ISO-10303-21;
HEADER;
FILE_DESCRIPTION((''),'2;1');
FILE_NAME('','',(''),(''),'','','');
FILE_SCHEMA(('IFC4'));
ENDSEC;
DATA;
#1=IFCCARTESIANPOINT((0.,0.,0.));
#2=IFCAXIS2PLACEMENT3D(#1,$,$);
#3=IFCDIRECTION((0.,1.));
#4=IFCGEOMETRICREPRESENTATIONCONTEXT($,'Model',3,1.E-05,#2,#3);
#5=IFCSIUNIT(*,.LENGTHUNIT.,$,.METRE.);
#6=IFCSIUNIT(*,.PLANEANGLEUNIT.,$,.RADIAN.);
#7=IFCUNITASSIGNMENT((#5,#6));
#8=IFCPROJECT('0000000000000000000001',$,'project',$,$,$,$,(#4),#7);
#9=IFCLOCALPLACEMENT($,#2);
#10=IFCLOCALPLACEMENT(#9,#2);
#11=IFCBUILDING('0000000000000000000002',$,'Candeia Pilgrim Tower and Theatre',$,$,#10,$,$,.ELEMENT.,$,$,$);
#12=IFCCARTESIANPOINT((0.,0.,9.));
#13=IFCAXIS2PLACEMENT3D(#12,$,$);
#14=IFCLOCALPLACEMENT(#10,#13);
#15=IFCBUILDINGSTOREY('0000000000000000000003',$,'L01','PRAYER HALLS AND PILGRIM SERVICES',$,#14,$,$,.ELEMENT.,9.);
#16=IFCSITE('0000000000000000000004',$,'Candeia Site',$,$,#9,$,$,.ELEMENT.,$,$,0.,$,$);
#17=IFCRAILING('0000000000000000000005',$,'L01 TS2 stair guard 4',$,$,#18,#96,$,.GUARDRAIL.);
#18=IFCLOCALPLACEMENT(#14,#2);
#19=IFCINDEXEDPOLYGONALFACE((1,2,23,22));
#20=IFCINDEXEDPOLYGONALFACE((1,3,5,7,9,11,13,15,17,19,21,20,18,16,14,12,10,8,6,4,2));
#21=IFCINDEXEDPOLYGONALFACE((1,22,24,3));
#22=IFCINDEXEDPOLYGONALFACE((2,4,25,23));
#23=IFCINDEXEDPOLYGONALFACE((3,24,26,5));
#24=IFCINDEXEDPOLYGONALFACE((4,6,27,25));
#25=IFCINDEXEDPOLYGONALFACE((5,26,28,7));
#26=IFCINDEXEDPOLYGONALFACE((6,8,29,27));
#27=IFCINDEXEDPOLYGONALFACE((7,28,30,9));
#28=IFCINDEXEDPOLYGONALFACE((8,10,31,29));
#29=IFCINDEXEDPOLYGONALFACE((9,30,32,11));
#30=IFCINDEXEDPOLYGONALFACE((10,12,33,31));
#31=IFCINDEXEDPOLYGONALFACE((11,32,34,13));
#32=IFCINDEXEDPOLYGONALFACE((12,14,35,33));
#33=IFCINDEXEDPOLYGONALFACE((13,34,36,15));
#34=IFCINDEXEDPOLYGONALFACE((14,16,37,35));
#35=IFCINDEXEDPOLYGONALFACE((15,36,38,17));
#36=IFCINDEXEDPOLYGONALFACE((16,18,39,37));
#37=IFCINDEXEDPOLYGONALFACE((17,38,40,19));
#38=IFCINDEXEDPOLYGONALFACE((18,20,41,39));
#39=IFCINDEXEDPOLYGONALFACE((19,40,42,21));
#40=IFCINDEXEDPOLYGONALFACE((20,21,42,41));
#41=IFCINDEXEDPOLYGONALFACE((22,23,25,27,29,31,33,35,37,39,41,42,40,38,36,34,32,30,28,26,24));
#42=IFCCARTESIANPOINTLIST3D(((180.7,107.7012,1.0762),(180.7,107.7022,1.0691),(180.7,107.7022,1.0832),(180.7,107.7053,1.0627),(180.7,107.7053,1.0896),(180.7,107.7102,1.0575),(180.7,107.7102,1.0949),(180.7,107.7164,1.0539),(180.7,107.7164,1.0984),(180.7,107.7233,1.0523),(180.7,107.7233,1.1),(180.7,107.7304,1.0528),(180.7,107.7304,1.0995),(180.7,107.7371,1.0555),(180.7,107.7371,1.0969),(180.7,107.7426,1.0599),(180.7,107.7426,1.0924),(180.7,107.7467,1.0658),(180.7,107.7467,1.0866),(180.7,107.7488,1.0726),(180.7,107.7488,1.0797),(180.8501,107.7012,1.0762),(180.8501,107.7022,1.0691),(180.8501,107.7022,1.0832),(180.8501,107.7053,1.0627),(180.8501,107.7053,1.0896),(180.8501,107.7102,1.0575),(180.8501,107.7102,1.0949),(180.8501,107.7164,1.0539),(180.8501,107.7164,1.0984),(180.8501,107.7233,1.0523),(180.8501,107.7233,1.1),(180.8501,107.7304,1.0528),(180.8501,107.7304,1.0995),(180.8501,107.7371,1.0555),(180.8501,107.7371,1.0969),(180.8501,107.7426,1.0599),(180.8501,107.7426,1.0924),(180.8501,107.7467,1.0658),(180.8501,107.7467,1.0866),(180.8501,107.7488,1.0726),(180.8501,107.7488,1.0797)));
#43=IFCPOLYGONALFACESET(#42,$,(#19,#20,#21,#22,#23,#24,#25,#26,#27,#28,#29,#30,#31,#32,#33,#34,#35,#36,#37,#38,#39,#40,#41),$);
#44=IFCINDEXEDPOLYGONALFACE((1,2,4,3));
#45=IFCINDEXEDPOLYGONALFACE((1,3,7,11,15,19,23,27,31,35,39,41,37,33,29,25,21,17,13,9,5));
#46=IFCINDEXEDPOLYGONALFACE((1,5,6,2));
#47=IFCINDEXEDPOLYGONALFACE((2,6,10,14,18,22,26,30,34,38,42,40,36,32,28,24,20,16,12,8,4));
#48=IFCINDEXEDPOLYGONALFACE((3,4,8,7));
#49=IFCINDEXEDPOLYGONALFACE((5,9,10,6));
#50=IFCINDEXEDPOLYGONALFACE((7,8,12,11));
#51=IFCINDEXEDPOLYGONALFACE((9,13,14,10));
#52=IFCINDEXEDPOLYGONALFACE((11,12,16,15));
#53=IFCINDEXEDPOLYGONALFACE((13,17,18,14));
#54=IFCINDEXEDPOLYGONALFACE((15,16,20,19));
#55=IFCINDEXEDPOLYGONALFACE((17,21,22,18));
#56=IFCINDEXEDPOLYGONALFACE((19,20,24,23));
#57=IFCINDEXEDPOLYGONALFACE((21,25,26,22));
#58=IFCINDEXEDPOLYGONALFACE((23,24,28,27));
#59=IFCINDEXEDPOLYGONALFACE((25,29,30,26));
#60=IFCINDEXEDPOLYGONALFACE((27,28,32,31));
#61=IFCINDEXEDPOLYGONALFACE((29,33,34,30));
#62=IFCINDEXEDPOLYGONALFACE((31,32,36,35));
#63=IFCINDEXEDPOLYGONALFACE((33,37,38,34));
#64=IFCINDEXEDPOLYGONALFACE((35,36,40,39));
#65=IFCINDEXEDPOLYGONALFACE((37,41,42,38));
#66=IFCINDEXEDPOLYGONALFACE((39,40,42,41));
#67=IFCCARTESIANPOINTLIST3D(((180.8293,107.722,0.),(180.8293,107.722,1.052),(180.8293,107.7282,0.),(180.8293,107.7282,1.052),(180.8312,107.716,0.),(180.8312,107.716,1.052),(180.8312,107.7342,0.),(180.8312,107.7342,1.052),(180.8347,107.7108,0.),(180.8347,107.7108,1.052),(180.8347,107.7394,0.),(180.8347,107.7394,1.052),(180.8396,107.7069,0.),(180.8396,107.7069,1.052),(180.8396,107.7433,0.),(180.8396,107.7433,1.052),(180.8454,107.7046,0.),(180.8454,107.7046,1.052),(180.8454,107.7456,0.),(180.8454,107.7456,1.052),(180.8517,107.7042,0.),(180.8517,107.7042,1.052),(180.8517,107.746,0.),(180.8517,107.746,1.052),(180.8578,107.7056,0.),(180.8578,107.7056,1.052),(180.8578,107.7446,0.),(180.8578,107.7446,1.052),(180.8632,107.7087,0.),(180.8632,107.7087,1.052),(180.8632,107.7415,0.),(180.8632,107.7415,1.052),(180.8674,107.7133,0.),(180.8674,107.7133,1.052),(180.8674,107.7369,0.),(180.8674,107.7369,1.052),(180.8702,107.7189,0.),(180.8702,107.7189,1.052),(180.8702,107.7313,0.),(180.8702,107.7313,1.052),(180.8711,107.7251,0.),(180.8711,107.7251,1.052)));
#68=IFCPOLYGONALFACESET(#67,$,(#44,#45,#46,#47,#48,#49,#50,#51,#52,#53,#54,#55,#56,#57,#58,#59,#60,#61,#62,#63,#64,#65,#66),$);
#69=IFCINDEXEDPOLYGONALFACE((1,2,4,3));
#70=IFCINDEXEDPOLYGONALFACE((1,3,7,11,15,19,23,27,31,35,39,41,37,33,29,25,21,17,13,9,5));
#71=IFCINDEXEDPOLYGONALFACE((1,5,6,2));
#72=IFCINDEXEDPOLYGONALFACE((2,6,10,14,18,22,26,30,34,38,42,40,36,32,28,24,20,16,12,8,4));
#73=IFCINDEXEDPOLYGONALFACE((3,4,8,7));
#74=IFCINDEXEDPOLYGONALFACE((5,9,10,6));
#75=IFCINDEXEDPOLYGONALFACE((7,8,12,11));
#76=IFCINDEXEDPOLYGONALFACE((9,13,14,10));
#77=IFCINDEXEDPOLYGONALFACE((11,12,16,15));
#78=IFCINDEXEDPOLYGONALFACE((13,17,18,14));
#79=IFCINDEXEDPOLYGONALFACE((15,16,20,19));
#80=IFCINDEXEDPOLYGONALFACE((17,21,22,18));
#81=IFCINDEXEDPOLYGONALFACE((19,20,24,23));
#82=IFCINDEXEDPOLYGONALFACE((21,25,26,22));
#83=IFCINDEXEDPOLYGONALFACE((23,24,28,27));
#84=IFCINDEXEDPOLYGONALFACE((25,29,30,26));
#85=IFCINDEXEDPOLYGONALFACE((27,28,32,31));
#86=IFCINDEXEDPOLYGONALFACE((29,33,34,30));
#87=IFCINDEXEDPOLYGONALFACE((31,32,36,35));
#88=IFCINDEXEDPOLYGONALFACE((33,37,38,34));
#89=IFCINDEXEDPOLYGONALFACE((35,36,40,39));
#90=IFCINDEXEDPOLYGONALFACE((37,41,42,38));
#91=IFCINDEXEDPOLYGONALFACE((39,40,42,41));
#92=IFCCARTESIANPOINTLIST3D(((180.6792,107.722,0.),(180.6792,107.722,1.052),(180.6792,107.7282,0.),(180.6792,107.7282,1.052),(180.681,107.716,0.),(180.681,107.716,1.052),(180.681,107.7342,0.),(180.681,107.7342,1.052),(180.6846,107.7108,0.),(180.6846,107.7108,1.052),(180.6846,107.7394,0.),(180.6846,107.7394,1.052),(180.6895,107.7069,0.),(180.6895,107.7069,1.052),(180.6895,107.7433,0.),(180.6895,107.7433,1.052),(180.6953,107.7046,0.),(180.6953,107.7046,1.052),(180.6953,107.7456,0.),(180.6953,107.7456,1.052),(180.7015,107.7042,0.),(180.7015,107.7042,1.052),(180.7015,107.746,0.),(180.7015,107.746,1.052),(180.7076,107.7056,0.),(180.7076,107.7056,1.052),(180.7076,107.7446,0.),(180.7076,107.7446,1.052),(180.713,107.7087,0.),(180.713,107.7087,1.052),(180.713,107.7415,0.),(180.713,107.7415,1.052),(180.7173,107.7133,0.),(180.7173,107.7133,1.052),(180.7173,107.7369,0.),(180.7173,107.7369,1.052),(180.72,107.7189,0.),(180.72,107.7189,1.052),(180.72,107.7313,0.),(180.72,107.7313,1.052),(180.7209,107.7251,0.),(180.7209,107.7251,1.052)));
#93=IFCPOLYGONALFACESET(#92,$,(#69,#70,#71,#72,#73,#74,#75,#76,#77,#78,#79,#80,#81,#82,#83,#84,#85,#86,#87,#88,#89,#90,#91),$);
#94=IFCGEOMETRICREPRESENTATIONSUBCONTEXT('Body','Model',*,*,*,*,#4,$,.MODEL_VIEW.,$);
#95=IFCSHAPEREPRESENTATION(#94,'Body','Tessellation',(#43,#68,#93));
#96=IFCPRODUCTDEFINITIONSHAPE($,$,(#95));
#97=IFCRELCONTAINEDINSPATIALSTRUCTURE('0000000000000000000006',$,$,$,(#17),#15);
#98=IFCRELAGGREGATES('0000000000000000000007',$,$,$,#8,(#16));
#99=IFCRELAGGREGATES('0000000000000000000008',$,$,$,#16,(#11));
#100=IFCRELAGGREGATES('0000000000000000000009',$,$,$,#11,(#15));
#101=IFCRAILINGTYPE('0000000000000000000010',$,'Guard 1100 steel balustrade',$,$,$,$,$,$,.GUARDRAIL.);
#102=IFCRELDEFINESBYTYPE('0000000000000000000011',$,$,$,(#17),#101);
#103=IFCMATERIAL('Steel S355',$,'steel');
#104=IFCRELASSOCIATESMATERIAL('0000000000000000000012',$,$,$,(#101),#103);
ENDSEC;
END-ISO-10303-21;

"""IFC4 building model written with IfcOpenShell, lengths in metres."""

from ifc_helpers import new_model, si_unit, direction, frame, origin, origin_2d, place, context, subcontext, project, spatial, circle, extrude, material, type_object, element, save


model = new_model("IFC4")

# Units and contexts
model_context = context("Model", 3, precision=1e-05, world=origin(), true_north=direction((0.0, 1.0)))
body_context = subcontext(model_context, "Body", "Model", "MODEL_VIEW")
ifc_project = project(units=[si_unit("LENGTHUNIT", "METRE"), si_unit("PLANEANGLEUNIT", "RADIAN")], contexts=[model_context])

# Site, building, storey
site_placement = place(None, origin())
site = spatial("IfcSite", under=ifc_project, at=site_placement, Name="Candeia Site", CompositionType="ELEMENT", RefElevation=0.0)
building_placement = place(site_placement, origin())
building = spatial("IfcBuilding", under=site, at=building_placement, Name="Candeia Pilgrim Tower and Theatre", CompositionType="ELEMENT")
storey_placement = place(building_placement, frame((0.0, 0.0, 9.0)))
storey = spatial("IfcBuildingStorey", under=building, at=storey_placement, Name="L01", Description="PRAYER HALLS AND PILGRIM SERVICES", CompositionType="ELEMENT", Elevation=9.0)

# Railing
ifc_material_1 = material(Name="Steel S355", Category="steel")
railing_type_1 = type_object("IfcRailingType", Name="Guard 1100 steel balustrade", PredefinedType="GUARDRAIL", material=ifc_material_1)
railing_1_placement = place(storey_placement, frame((180.8501, 107.7251, 0.0)))
element("IfcRailing", 1, at=railing_1_placement, inside=storey, type_object=railing_type_1, Name="L01 TS2 stair guard 4", PredefinedType="GUARDRAIL", context=body_context, shape_type="SweptSolid", body=[
    extrude(circle(Radius=0.0239, at=origin_2d()), frame((0.0, 0.0, 1.0762), z_axis=(-1.0, 0.0, 0.0), x_axis=(0.0, -1.0, 0.0)), (0.0, 0.0, 1.0), 0.1501),
    extrude(circle(Radius=0.021, at=origin_2d()), origin(), (0.0, 0.0, 1.0), 1.052),
    extrude(circle(Radius=0.021, at=origin_2d()), frame((-0.1501, 0.0, 0.0)), (0.0, 0.0, 1.0), 1.052),
])

save(model, "model.ifc")
